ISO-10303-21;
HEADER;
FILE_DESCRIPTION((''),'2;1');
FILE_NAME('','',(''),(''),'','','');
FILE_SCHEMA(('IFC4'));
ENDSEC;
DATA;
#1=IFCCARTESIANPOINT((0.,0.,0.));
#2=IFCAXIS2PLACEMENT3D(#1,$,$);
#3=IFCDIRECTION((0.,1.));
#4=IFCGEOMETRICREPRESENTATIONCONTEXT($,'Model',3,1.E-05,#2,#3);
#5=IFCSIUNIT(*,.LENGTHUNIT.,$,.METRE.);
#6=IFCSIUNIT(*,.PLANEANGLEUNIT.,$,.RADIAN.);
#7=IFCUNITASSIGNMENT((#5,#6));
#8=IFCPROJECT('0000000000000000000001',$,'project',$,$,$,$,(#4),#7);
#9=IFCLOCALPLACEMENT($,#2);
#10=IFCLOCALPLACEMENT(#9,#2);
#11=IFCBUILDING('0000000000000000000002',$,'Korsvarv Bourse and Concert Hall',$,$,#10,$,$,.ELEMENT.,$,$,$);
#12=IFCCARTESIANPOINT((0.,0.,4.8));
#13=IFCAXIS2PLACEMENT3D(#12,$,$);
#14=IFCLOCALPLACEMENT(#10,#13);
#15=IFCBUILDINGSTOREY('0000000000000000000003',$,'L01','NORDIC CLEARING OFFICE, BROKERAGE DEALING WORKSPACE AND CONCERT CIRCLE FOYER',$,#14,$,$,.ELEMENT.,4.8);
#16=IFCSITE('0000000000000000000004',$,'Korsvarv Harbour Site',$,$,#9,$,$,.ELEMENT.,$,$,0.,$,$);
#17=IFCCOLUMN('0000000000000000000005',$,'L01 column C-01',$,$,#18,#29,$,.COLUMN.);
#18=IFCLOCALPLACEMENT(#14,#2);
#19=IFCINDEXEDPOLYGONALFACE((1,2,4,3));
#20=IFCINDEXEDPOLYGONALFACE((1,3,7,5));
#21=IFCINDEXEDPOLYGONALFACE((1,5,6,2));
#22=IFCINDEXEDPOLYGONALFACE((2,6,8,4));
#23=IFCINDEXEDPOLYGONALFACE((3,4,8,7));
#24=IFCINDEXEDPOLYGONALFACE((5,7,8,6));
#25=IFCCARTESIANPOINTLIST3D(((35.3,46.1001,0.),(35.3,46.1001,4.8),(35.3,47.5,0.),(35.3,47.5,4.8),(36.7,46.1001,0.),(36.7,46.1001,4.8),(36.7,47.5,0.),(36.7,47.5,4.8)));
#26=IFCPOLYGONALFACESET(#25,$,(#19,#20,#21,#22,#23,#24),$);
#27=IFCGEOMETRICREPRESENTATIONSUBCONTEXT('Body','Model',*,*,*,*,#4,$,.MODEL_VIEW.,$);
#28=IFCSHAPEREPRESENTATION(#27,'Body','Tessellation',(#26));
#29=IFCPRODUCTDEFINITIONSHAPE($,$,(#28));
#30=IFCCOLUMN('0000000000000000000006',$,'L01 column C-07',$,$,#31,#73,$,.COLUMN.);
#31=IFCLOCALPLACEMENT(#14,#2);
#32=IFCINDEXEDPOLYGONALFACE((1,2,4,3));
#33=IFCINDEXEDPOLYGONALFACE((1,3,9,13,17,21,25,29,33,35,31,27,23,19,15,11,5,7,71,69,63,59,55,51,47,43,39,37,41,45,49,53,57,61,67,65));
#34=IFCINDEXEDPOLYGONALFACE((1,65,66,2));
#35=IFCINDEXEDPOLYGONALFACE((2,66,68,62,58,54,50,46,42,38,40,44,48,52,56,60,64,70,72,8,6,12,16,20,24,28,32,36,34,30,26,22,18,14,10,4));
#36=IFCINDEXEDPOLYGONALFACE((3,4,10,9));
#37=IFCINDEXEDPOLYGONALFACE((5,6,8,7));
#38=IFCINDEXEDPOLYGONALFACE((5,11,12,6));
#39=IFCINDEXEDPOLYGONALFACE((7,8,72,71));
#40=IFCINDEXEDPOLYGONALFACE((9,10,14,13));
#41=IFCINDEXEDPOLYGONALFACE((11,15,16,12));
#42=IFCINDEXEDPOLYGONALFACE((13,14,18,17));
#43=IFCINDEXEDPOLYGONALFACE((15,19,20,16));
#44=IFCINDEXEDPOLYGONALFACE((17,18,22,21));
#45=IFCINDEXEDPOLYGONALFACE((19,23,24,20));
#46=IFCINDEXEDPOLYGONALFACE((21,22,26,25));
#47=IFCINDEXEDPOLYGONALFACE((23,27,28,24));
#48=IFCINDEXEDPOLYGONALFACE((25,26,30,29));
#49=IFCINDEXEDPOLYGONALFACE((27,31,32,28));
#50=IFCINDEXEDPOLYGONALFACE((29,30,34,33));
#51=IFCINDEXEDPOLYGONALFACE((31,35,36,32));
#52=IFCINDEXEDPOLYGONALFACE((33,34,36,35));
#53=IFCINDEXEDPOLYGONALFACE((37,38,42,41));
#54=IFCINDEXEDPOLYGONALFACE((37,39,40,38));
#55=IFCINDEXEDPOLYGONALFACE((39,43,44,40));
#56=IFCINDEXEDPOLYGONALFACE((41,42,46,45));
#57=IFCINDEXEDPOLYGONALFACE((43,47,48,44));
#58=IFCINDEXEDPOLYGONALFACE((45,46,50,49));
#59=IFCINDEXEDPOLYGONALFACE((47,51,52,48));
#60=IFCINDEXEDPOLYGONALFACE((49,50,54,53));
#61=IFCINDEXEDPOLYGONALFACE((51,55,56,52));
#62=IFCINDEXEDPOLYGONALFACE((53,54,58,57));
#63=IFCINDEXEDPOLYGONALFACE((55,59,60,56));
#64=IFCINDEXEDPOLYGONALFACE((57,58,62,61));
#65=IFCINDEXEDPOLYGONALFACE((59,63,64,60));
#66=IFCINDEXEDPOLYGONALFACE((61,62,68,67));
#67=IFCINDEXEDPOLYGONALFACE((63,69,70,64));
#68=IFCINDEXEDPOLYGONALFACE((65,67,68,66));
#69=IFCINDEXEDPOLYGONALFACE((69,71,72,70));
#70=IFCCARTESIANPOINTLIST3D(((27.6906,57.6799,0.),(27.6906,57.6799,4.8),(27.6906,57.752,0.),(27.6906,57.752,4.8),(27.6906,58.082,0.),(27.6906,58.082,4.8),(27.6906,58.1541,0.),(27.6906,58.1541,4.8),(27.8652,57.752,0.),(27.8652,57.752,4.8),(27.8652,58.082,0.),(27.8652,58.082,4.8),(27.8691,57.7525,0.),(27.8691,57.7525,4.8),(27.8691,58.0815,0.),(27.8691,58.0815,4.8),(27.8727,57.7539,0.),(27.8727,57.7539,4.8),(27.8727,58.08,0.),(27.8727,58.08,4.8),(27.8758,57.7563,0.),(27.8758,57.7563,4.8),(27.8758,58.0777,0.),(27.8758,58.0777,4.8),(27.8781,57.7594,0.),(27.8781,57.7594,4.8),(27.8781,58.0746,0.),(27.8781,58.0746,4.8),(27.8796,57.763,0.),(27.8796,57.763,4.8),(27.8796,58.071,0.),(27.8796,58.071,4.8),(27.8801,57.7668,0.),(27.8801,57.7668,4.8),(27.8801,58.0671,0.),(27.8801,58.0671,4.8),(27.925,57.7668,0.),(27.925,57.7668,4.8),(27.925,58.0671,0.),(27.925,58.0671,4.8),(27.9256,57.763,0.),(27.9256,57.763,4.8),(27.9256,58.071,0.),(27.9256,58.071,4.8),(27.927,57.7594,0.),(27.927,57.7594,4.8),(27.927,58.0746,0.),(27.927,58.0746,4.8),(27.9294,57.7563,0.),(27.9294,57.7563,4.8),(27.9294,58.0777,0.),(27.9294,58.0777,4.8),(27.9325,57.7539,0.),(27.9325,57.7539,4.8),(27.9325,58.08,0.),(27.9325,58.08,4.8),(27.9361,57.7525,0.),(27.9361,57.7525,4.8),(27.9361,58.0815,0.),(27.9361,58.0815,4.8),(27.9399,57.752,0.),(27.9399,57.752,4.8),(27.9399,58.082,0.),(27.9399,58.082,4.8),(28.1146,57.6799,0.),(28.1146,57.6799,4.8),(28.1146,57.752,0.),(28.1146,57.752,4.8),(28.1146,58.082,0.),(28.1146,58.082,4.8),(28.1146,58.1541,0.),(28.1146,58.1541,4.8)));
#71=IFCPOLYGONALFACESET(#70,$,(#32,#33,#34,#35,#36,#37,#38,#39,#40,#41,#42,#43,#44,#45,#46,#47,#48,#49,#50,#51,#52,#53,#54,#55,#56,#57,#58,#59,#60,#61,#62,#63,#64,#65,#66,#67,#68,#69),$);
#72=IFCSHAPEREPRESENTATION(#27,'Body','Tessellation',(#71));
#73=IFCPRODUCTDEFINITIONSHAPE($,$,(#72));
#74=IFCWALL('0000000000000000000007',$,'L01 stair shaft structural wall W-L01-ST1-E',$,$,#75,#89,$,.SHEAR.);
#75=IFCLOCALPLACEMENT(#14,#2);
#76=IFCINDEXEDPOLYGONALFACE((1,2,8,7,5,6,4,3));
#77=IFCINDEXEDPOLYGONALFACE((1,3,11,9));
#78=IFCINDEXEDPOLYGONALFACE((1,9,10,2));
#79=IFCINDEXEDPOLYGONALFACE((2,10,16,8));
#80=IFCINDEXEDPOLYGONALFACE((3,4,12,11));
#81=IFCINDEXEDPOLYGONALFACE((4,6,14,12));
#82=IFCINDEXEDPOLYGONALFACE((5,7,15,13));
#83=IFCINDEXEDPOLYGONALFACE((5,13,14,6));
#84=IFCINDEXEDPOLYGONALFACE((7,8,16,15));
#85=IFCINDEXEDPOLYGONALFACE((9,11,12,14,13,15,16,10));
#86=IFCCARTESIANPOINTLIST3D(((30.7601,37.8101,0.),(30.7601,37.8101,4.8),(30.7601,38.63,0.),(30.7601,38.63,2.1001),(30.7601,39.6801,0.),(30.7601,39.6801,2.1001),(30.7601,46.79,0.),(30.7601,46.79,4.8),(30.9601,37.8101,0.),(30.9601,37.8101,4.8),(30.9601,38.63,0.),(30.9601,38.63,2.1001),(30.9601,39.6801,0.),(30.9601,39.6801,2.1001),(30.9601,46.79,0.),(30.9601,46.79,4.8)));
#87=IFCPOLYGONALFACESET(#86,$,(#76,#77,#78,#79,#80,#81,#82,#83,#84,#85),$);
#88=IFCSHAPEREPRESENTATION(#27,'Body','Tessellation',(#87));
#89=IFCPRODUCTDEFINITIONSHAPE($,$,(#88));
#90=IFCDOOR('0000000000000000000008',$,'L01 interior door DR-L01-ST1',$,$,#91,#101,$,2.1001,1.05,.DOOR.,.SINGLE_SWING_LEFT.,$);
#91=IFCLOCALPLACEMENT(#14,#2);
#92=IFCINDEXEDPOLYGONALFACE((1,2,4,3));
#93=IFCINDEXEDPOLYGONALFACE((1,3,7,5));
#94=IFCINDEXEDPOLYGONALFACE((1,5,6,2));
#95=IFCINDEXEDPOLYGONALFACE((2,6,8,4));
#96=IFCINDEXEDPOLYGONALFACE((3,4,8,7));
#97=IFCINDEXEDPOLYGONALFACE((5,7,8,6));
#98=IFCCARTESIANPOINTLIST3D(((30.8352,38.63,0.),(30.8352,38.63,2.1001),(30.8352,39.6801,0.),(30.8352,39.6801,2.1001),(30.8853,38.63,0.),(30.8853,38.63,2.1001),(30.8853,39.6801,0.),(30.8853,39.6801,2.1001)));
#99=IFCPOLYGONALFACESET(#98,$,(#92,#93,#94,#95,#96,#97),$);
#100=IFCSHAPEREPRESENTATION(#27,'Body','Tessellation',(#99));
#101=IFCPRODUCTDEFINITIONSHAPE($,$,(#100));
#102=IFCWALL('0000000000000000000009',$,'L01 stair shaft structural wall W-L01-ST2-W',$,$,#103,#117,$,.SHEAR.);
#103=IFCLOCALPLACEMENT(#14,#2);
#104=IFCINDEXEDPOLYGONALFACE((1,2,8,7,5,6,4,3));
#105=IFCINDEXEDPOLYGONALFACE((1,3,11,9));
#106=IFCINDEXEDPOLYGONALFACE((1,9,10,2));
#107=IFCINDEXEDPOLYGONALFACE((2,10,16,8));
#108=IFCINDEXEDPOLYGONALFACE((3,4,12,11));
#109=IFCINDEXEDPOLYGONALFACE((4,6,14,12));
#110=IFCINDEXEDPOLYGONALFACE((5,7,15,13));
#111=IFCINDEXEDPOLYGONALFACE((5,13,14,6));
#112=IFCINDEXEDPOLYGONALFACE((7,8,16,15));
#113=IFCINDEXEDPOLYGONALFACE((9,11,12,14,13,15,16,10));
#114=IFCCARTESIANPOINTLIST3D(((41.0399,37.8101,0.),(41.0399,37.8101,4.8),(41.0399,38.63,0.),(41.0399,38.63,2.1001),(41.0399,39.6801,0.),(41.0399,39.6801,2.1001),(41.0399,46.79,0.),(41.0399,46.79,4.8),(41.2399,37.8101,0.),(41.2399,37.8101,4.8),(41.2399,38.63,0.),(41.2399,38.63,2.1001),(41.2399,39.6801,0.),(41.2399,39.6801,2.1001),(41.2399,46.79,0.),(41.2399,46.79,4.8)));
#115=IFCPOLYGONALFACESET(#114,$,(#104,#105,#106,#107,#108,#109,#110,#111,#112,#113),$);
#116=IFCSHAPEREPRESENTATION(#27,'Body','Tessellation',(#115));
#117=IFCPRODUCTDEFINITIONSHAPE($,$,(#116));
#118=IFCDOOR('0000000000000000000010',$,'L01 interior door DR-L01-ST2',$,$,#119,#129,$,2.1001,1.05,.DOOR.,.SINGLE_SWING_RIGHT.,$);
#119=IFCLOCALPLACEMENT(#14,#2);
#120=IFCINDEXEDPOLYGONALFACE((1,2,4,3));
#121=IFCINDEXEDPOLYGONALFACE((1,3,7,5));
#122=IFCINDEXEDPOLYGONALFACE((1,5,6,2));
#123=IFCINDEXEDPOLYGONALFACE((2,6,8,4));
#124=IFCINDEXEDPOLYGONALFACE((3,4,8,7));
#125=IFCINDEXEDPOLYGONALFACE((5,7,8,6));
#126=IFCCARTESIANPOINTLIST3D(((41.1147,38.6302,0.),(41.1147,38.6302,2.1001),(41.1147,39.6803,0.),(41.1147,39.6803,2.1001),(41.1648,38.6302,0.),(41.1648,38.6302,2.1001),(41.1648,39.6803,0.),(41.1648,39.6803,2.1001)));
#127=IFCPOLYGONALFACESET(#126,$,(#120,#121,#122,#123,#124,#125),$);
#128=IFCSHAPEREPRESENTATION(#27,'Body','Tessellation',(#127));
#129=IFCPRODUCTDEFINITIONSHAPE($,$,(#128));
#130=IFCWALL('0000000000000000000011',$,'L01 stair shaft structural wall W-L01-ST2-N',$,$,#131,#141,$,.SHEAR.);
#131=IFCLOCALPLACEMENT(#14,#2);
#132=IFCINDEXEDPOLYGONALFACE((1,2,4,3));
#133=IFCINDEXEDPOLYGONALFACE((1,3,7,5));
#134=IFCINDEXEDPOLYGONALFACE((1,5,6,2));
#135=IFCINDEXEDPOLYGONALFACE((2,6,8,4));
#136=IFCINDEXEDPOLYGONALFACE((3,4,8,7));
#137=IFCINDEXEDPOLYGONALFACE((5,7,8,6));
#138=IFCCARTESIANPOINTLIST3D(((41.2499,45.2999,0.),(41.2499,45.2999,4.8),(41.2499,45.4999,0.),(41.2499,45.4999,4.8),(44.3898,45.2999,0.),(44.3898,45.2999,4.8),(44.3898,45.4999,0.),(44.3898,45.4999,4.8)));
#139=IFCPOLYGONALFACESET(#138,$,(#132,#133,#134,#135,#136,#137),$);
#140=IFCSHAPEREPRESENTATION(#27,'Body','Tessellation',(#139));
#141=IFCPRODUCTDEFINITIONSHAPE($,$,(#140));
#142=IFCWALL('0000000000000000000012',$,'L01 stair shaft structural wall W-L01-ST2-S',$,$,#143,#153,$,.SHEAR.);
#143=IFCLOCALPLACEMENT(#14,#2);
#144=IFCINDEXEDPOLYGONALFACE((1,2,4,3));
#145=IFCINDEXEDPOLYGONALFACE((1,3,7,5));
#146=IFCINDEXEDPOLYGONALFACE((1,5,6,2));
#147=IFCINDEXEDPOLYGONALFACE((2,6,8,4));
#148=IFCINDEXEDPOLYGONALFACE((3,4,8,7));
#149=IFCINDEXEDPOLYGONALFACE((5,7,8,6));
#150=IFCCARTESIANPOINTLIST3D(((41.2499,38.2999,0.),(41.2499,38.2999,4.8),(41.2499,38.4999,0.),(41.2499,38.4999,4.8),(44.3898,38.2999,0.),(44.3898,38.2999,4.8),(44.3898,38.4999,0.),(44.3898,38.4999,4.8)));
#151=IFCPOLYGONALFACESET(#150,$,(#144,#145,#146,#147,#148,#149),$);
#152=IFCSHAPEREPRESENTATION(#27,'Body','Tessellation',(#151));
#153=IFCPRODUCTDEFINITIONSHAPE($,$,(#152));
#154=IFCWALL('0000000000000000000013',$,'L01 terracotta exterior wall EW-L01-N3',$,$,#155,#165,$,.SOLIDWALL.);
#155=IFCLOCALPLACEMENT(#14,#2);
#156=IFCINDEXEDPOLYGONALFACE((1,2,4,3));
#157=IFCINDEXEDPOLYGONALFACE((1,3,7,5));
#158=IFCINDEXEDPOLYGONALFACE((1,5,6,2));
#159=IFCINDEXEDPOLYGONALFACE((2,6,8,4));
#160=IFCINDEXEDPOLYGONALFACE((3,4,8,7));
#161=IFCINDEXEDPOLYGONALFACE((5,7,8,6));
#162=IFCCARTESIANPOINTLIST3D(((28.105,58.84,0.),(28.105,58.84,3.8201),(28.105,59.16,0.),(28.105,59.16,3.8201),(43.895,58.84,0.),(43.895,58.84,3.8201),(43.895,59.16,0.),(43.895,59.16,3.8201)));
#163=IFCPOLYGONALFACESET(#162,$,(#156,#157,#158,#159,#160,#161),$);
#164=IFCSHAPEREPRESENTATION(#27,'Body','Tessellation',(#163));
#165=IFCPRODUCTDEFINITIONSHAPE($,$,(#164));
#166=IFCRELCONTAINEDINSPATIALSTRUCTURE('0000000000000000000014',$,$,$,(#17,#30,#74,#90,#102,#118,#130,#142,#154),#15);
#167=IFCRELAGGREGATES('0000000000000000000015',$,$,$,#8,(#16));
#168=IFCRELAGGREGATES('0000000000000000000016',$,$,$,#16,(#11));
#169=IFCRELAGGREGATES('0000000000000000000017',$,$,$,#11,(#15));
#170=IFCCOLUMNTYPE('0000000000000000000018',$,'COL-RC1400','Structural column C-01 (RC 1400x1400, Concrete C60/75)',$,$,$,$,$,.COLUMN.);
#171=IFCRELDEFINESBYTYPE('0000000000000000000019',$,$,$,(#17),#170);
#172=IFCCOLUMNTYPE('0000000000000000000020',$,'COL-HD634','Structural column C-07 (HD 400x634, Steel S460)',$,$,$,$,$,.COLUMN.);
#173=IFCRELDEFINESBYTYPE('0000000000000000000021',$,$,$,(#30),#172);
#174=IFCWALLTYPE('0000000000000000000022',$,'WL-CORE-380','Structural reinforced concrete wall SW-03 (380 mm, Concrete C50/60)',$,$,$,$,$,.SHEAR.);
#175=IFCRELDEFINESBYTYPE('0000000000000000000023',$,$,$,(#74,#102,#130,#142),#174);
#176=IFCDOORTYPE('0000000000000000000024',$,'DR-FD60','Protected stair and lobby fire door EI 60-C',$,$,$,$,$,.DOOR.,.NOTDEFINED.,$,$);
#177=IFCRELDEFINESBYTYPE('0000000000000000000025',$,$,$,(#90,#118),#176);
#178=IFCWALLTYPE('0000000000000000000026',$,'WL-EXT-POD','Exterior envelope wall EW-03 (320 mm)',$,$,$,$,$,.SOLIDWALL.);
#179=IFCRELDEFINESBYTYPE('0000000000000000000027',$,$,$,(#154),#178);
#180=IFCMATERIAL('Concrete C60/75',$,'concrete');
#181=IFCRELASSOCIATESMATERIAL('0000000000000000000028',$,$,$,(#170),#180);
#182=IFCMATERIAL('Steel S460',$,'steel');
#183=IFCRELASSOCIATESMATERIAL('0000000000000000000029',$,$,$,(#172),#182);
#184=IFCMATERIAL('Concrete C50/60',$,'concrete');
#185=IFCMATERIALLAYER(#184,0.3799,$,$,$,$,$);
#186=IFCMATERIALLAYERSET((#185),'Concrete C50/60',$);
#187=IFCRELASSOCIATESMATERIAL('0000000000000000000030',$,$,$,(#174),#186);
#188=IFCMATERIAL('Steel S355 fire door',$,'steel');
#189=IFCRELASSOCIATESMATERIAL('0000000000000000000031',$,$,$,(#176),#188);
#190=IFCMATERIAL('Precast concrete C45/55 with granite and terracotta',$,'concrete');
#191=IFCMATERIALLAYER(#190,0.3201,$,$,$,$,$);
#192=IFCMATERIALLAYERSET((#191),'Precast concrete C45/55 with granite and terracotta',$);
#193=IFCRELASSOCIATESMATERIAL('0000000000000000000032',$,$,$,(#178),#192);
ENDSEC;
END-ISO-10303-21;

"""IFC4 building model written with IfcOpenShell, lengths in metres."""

from ifc_helpers import new_model, si_unit, direction, frame, frame_2d, origin, origin_2d, place, context, subcontext, project, spatial, rectangle, i_section, extrude, source, transform, mapped, material, layer, layer_set, material_profile, profile_set, type_object, element, fill, save


model = new_model("IFC4")

# Units and contexts
model_context = context("Model", 3, precision=1e-05, world=origin(), true_north=direction((0.0, 1.0)))
body_context = subcontext(model_context, "Body", "Model", "MODEL_VIEW")
ifc_project = project(units=[si_unit("LENGTHUNIT", "METRE"), si_unit("PLANEANGLEUNIT", "RADIAN")], contexts=[model_context])

# Site, building, storey
site_placement = place(None, origin())
site = spatial("IfcSite", under=ifc_project, at=site_placement, Name="Korsvarv Harbour Site", CompositionType="ELEMENT", RefElevation=0.0)
building_placement = place(site_placement, origin())
building = spatial("IfcBuilding", under=site, at=building_placement, Name="Korsvarv Bourse and Concert Hall", CompositionType="ELEMENT")
storey_placement = place(building_placement, frame((0.0, 0.0, 4.8)))
storey = spatial("IfcBuildingStorey", under=building, at=storey_placement, Name="L01", Description="NORDIC CLEARING OFFICE, BROKERAGE DEALING WORKSPACE AND CONCERT CIRCLE FOYER", CompositionType="ELEMENT", Elevation=4.8)

# Columns
ifc_material_1 = material(Name="Concrete C60/75", Category="concrete")
ifc_material_profile_1 = material_profile(ifc_material_1, rectangle(XDim=1.3999, YDim=1.3999, at=origin_2d()), Name="RC 1400x1400")
ifc_profile_set_1 = profile_set([ifc_material_profile_1], Name="Concrete C60/75")
column_type_1 = type_object("IfcColumnType", Name="COL-RC1400", Description="Structural column C-01 (RC 1400x1400, Concrete C60/75)", PredefinedType="COLUMN", material=ifc_profile_set_1)
shared_shape_1 = source(origin(), body_context, "Body", "SweptSolid", [
    extrude(rectangle(XDim=1.3999, YDim=1.3999, at=origin_2d()), origin(), (0.0, 0.0, 1.0), 4.8),
])
column_1_placement = place(storey_placement, frame((36.0, 46.8, 0.0), z_axis=(0.0, 0.0, 1.0), x_axis=(1.0, 0.0, 0.0)))
element("IfcColumn", 1, at=column_1_placement, inside=storey, type_object=column_type_1, Name="L01 column C-01", PredefinedType="COLUMN", context=body_context, shape_type="MappedRepresentation", body=[
    mapped(shared_shape_1, transform((0.0, 0.0, 0.0), scale=1.0)),
])
ifc_material_2 = material(Name="Steel S460", Category="steel")
ifc_material_profile_2 = material_profile(ifc_material_2, i_section(OverallWidth=0.4241, OverallDepth=0.4741, WebThickness=0.0449, FlangeThickness=0.072, FilletRadius=0.0149, at=origin_2d()), Name="HD 400x634")
ifc_profile_set_2 = profile_set([ifc_material_profile_2], Name="Steel S460")
column_type_2 = type_object("IfcColumnType", Name="COL-HD634", Description="Structural column C-07 (HD 400x634, Steel S460)", PredefinedType="COLUMN", material=ifc_profile_set_2)
shared_shape_2 = source(origin(), body_context, "Body", "SweptSolid", [
    extrude(i_section(OverallWidth=0.4241, OverallDepth=0.4741, WebThickness=0.0449, FlangeThickness=0.072, FilletRadius=0.0149, at=origin_2d()), origin(), (0.0, 0.0, 1.0), 4.8),
])
column_2_placement = place(storey_placement, frame((27.9026, 57.917, 0.0), z_axis=(0.0, 0.0, 1.0), x_axis=(1.0, 0.0, 0.0)))
element("IfcColumn", 2, at=column_2_placement, inside=storey, type_object=column_type_2, Name="L01 column C-07", PredefinedType="COLUMN", context=body_context, shape_type="MappedRepresentation", body=[
    mapped(shared_shape_2, transform((0.0, 0.0, 0.0), scale=1.0)),
])

# Walls, openings, doors
ifc_material_3 = material(Name="Concrete C50/60", Category="concrete")
ifc_layer_1 = layer(ifc_material_3, 0.3799)
ifc_layer_set_1 = layer_set([ifc_layer_1], Name="Concrete C50/60")
wall_type_1 = type_object("IfcWallType", Name="WL-CORE-380", Description="Structural reinforced concrete wall SW-03 (380 mm, Concrete C50/60)", PredefinedType="SHEAR", material=ifc_layer_set_1)
wall_1_placement = place(storey_placement, frame((30.8601, 37.8101, 0.0), z_axis=(0.0, 0.0, 1.0), x_axis=(0.0, 1.0, 0.0)))
wall_1 = element("IfcWall", 3, at=wall_1_placement, inside=storey, type_object=wall_type_1, Name="L01 stair shaft structural wall W-L01-ST1-E", PredefinedType="SHEAR", context=body_context, shape_type="SweptSolid", body=[
    extrude(rectangle(XDim=8.98, YDim=0.2, at=frame_2d((4.49, 0.0))), origin(), (0.0, 0.0, 1.0), 4.8),
])
opening_1_placement = place(wall_1_placement, frame((0.8201, 0.0, 0.0)))
opening_1 = element("IfcOpeningElement", 4, at=opening_1_placement, cuts=wall_1, PredefinedType="OPENING", context=body_context, shape_type="SweptSolid", body=[
    extrude(rectangle(XDim=1.05, YDim=2.1001, at=frame_2d((0.5249, 1.05))), frame((0.0, 0.1099, 0.0), z_axis=(0.0, -1.0, 0.0), x_axis=(1.0, 0.0, 0.0)), (0.0, 0.0, 1.0), 0.22),
])
ifc_material_4 = material(Name="Steel S355 fire door", Category="steel")
door_type_1 = type_object("IfcDoorType", Name="DR-FD60", Description="Protected stair and lobby fire door EI 60-C", OperationType="NOTDEFINED", PredefinedType="DOOR", material=ifc_material_4)
door_1_placement = place(opening_1_placement, origin())
door_1 = element("IfcDoor", 5, at=door_1_placement, inside=storey, type_object=door_type_1, Name="L01 interior door DR-L01-ST1", OperationType="SINGLE_SWING_LEFT", OverallHeight=2.1001, OverallWidth=1.05, PredefinedType="DOOR", context=body_context, shape_type="SweptSolid", body=[
    extrude(rectangle(XDim=1.05, YDim=2.1001, at=frame_2d((0.5249, 1.05))), frame((0.0, 0.0249, 0.0), z_axis=(0.0, -1.0, 0.0), x_axis=(1.0, 0.0, 0.0)), (0.0, 0.0, 1.0), 0.05),
])
fill(opening_1, door_1)
wall_2_placement = place(storey_placement, frame((41.1399, 37.8101, 0.0), z_axis=(0.0, 0.0, 1.0), x_axis=(0.0, 1.0, 0.0)))
wall_2 = element("IfcWall", 6, at=wall_2_placement, inside=storey, type_object=wall_type_1, Name="L01 stair shaft structural wall W-L01-ST2-W", PredefinedType="SHEAR", context=body_context, shape_type="SweptSolid", body=[
    extrude(rectangle(XDim=8.98, YDim=0.2, at=frame_2d((4.49, 0.0))), origin(), (0.0, 0.0, 1.0), 4.8),
])
opening_2_placement = place(wall_2_placement, frame((0.8201, 0.0, 0.0)))
opening_2 = element("IfcOpeningElement", 7, at=opening_2_placement, cuts=wall_2, PredefinedType="OPENING", context=body_context, shape_type="SweptSolid", body=[
    extrude(rectangle(XDim=1.05, YDim=2.1001, at=frame_2d((0.5249, 1.05))), frame((0.0, 0.1099, 0.0), z_axis=(0.0, -1.0, 0.0), x_axis=(1.0, 0.0, 0.0)), (0.0, 0.0, 1.0), 0.22),
])
door_2_placement = place(opening_2_placement, frame((1.05, 0.0, 0.0), z_axis=(0.0, 0.0, 1.0), x_axis=(-1.0, 0.0, 0.0)))
door_2 = element("IfcDoor", 8, at=door_2_placement, inside=storey, type_object=door_type_1, Name="L01 interior door DR-L01-ST2", OperationType="SINGLE_SWING_RIGHT", OverallHeight=2.1001, OverallWidth=1.05, PredefinedType="DOOR", context=body_context, shape_type="SweptSolid", body=[
    extrude(rectangle(XDim=1.05, YDim=2.1001, at=frame_2d((0.5249, 1.05))), frame((0.0, 0.0249, 0.0), z_axis=(0.0, -1.0, 0.0), x_axis=(1.0, 0.0, 0.0)), (0.0, 0.0, 1.0), 0.05),
])
fill(opening_2, door_2)

# Walls
for number, where, z_axis, x_axis, name in (
    (9, (41.25, 45.3999, 0.0), (0.0, 0.0, 1.0), (1.0, 0.0, 0.0), "L01 stair shaft structural wall W-L01-ST2-N"),
    (10, (41.25, 38.3999, 0.0), (0.0, 0.0, 1.0), (1.0, 0.0, 0.0), "L01 stair shaft structural wall W-L01-ST2-S"),
):
    element("IfcWall", number, at=place(storey_placement, frame(where, z_axis=z_axis, x_axis=x_axis)), inside=storey, type_object=wall_type_1, Name=name, PredefinedType="SHEAR", context=body_context, shape_type="SweptSolid", body=[
        extrude(rectangle(XDim=3.1399, YDim=0.2, at=frame_2d((1.5698, 0.0))), origin(), (0.0, 0.0, 1.0), 4.8),
    ])
ifc_material_5 = material(Name="Precast concrete C45/55 with granite and terracotta", Category="concrete")
ifc_layer_2 = layer(ifc_material_5, 0.3201)
ifc_layer_set_2 = layer_set([ifc_layer_2], Name="Precast concrete C45/55 with granite and terracotta")
wall_type_2 = type_object("IfcWallType", Name="WL-EXT-POD", Description="Exterior envelope wall EW-03 (320 mm)", PredefinedType="SOLIDWALL", material=ifc_layer_set_2)
wall_3_placement = place(storey_placement, frame((28.105, 59.0, 0.0), z_axis=(0.0, 0.0, 1.0), x_axis=(1.0, 0.0, 0.0)))
element("IfcWall", 11, at=wall_3_placement, inside=storey, type_object=wall_type_2, Name="L01 terracotta exterior wall EW-L01-N3", PredefinedType="SOLIDWALL", context=body_context, shape_type="SweptSolid", body=[
    extrude(rectangle(XDim=15.79, YDim=0.3201, at=frame_2d((7.895, 0.0))), origin(), (0.0, 0.0, 1.0), 3.8201),
])

save(model, "model.ifc")
